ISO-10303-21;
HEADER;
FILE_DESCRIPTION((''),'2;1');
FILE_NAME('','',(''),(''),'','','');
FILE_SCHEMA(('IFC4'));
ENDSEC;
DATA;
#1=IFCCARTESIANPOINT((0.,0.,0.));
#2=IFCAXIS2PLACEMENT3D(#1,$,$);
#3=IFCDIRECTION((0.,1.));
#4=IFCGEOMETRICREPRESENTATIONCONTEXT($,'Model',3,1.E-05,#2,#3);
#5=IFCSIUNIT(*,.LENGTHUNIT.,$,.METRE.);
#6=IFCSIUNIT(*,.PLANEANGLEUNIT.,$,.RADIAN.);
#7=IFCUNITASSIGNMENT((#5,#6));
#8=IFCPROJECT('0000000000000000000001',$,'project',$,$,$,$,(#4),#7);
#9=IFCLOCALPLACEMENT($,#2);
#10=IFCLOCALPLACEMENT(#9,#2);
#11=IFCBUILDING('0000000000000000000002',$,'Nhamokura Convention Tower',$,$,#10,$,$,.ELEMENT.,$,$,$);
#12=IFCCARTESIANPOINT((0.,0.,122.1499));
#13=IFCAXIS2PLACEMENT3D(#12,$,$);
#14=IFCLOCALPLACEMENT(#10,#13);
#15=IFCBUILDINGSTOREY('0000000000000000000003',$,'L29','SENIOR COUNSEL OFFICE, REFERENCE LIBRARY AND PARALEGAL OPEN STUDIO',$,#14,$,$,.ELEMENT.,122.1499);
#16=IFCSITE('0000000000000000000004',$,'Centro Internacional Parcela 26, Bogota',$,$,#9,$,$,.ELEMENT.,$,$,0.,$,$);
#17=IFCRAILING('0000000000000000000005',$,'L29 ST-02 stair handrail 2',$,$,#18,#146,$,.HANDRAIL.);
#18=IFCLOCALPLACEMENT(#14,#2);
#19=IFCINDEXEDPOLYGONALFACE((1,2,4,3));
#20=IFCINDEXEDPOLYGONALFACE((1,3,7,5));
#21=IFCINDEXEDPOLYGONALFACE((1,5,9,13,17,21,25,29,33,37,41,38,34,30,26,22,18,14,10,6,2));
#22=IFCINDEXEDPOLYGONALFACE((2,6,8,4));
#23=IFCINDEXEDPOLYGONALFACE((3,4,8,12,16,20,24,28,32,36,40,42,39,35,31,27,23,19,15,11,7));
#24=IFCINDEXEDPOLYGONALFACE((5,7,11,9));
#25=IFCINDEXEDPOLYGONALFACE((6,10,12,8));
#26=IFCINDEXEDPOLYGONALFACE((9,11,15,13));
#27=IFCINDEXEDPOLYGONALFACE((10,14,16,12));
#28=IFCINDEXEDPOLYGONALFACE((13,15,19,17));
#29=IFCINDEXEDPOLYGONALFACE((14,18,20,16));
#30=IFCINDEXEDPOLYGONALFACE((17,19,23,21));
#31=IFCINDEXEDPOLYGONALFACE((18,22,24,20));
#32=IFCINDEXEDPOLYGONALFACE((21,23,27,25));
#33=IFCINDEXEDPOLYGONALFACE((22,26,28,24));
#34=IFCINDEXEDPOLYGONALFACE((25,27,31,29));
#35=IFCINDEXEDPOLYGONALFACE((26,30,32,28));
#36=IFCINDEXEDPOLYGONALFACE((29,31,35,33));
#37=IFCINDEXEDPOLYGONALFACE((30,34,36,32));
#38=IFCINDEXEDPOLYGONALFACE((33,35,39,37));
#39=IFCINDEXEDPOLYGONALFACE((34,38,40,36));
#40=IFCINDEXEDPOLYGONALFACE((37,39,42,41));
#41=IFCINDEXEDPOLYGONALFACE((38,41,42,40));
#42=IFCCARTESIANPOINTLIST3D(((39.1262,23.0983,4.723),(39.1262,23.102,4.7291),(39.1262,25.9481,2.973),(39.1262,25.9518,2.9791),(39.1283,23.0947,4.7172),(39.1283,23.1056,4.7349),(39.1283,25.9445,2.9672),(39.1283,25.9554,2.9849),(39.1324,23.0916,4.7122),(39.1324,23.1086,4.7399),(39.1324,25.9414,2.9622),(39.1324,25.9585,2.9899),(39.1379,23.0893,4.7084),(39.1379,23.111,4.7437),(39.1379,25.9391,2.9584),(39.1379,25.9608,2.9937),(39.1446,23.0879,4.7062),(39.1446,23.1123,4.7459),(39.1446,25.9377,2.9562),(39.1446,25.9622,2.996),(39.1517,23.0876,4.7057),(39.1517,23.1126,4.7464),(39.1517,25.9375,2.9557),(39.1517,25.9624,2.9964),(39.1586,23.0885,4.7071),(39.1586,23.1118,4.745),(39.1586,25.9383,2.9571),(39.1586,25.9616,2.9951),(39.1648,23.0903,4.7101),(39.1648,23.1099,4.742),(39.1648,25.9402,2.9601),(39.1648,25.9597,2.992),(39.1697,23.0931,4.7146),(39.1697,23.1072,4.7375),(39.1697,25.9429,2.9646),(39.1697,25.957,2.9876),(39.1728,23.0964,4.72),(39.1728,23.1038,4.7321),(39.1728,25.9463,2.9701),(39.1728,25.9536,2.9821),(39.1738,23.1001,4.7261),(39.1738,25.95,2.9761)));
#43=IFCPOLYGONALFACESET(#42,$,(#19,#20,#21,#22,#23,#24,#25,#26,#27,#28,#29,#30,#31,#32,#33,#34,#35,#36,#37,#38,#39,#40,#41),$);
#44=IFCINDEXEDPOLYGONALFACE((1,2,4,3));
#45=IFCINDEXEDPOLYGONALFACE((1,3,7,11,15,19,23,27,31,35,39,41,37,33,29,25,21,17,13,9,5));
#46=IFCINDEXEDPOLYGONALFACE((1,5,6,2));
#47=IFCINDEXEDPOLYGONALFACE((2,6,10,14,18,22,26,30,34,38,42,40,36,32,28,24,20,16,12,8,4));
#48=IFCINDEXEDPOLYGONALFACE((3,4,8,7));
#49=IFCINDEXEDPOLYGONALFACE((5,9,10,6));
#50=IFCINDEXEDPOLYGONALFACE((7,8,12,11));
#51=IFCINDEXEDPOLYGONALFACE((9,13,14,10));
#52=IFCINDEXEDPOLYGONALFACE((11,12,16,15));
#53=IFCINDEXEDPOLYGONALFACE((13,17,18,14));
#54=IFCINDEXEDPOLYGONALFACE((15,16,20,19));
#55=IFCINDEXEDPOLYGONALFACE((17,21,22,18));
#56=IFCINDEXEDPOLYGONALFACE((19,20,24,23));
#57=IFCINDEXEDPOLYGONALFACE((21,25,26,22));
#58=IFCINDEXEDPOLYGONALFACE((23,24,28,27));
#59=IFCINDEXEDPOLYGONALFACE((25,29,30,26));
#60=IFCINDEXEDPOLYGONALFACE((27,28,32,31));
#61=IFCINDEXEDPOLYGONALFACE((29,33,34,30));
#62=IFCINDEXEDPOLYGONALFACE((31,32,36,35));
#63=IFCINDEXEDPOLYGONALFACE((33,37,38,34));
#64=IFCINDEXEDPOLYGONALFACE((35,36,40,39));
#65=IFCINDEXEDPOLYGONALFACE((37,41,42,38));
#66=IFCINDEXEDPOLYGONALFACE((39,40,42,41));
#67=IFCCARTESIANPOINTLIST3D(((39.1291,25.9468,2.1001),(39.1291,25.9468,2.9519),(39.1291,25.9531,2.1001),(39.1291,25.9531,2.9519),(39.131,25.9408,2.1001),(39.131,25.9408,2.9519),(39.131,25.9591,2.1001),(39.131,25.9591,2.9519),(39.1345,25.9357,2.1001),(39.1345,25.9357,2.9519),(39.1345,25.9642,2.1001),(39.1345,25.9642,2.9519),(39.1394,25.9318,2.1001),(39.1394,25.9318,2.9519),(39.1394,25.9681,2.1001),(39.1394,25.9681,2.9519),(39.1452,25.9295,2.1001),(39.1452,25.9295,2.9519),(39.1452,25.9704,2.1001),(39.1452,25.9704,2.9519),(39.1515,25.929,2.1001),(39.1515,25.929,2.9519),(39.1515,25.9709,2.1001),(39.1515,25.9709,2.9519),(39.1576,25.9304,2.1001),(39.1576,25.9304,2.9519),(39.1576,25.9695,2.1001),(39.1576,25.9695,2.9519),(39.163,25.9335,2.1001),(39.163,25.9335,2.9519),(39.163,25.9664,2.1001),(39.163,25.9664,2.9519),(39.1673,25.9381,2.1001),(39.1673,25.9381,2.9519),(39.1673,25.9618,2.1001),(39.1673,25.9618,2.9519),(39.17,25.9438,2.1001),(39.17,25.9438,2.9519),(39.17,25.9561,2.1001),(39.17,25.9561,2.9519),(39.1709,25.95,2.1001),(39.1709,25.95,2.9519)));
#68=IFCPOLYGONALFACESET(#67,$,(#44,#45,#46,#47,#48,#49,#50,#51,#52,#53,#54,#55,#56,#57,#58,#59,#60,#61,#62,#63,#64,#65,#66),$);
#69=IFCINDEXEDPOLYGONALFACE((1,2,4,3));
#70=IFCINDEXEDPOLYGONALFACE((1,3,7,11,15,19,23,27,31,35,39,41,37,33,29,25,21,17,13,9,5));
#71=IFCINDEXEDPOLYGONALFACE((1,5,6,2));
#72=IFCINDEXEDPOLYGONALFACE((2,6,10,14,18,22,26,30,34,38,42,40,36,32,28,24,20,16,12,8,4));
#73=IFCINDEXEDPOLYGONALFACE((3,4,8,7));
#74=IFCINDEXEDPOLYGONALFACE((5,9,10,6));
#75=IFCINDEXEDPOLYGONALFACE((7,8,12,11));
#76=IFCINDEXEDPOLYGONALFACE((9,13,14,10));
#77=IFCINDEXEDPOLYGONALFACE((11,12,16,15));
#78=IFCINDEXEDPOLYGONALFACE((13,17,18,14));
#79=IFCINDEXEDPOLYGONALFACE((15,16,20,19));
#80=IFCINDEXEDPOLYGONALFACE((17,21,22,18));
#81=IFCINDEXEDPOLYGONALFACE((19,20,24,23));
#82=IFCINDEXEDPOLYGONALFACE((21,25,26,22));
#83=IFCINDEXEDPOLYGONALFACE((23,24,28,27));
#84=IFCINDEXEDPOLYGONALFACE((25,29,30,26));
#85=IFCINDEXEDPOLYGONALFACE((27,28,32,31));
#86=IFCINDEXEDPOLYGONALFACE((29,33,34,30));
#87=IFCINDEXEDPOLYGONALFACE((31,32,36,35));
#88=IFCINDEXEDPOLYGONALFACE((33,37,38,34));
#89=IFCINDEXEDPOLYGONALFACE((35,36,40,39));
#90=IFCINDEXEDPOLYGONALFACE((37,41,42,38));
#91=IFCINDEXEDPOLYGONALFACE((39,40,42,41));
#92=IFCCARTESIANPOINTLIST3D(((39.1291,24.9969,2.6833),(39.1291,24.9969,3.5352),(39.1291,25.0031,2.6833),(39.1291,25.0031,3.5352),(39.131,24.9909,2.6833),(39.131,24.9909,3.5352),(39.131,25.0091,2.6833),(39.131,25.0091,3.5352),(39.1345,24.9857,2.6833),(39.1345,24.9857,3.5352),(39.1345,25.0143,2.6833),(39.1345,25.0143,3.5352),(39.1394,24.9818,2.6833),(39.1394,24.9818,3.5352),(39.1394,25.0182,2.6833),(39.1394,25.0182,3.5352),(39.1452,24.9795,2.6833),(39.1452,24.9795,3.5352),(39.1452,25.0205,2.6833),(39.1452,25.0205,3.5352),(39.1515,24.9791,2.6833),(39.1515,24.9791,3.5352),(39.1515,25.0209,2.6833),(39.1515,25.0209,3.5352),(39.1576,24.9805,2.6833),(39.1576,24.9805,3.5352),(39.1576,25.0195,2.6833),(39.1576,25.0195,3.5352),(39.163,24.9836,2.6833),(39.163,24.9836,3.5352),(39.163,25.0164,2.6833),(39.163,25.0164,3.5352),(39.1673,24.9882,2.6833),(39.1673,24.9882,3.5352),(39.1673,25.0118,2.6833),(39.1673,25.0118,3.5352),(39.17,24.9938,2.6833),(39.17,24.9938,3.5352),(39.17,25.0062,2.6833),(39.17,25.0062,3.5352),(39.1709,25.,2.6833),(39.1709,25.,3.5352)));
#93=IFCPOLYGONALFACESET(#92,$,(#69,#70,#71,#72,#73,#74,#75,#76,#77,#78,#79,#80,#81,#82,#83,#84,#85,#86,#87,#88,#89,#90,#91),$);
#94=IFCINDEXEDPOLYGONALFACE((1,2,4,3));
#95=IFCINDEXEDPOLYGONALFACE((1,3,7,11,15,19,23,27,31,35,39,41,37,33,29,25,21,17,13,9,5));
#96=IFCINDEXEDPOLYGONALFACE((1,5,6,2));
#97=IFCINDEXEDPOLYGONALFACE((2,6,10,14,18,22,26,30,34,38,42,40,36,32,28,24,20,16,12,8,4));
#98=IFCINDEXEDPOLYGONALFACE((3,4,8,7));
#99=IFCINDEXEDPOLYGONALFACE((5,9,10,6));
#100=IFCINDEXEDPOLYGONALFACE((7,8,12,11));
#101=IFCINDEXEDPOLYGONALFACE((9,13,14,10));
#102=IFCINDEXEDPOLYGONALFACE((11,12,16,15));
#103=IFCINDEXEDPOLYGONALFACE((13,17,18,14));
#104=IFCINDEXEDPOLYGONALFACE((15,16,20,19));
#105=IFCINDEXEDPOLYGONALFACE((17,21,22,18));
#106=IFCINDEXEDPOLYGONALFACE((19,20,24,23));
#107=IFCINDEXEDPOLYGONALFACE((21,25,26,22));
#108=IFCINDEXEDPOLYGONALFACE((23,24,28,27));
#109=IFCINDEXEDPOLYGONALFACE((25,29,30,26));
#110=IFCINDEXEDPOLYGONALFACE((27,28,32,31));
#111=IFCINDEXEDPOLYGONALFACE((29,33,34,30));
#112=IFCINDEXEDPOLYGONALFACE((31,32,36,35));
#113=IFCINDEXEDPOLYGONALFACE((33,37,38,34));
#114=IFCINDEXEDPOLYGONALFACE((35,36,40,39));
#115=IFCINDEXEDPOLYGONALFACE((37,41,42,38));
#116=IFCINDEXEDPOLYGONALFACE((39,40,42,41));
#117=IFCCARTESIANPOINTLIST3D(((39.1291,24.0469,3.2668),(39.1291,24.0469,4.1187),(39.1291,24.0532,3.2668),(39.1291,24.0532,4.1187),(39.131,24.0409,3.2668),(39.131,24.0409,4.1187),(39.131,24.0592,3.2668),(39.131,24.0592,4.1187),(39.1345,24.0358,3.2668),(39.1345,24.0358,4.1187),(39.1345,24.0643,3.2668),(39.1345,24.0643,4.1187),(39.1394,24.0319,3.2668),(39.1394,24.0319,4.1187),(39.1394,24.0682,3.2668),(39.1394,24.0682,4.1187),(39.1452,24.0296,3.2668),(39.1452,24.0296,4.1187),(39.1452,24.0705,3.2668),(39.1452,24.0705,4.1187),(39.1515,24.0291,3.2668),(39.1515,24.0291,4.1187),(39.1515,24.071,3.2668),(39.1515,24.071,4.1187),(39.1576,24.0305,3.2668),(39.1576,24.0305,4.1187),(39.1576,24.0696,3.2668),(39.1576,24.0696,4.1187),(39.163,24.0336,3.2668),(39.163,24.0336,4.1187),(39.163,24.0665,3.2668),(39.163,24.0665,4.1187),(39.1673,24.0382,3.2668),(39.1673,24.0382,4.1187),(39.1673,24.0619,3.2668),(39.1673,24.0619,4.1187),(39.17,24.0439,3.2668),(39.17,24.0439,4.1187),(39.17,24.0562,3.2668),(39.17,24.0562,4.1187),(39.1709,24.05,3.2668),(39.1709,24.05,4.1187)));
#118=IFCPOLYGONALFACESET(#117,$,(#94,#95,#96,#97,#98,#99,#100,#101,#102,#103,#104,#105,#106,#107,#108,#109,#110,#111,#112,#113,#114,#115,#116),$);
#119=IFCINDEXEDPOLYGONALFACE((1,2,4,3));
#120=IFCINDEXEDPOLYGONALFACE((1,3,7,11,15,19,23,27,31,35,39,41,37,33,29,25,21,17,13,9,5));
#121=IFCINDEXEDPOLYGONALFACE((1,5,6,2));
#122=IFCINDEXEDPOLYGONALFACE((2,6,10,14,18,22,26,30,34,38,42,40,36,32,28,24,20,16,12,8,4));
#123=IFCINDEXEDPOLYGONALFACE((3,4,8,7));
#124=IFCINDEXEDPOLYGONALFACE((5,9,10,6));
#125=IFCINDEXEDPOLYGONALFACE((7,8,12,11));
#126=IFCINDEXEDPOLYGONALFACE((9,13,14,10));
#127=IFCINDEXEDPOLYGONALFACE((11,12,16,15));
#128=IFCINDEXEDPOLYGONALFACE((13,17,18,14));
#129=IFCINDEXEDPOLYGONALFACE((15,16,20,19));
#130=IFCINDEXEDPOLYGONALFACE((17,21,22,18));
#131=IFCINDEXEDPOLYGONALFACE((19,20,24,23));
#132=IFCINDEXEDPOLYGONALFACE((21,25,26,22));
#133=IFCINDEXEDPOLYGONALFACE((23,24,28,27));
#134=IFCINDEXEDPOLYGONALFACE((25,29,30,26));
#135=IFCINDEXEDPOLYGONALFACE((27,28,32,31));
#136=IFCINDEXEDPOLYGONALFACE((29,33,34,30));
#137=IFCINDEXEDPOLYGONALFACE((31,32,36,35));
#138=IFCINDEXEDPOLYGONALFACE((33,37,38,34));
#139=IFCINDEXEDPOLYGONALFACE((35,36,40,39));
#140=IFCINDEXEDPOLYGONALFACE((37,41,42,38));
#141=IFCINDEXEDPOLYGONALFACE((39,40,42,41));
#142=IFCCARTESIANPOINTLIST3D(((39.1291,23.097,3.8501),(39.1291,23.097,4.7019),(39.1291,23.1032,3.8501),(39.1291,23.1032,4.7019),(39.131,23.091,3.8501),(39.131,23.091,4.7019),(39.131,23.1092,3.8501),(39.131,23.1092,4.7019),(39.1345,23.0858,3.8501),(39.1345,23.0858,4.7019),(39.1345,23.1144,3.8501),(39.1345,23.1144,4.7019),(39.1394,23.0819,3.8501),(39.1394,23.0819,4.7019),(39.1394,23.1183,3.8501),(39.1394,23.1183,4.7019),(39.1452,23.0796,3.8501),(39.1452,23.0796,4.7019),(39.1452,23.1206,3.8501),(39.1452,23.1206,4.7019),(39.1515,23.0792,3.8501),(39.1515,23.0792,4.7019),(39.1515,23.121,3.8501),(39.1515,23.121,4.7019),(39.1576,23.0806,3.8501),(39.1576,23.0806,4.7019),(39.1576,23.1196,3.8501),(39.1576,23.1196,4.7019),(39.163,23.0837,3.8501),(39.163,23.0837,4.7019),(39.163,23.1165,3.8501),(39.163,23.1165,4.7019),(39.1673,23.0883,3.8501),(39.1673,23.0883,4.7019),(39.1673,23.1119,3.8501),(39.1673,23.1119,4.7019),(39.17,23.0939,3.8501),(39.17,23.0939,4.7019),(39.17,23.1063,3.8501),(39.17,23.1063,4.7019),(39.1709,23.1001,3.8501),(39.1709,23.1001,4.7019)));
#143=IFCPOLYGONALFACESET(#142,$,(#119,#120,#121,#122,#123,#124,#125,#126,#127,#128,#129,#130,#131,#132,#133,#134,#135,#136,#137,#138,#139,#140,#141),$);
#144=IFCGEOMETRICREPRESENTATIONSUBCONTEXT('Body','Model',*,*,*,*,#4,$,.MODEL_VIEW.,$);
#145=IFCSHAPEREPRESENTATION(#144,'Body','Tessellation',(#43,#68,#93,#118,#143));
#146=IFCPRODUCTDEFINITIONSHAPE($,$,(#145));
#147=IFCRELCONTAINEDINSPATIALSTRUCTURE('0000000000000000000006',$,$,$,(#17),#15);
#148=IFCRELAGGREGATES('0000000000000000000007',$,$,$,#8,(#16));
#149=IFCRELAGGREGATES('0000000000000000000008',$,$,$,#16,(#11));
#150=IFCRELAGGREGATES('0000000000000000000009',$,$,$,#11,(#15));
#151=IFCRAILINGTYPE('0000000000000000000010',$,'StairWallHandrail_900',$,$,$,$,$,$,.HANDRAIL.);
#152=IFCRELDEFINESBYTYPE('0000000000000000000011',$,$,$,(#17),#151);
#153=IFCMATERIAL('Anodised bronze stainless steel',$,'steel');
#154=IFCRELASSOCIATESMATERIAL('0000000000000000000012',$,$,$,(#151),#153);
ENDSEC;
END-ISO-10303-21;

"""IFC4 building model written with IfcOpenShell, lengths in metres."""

from ifc_helpers import new_model, si_unit, direction, frame, origin, origin_2d, place, context, subcontext, project, spatial, circle, extrude, material, type_object, element, save


model = new_model("IFC4")

# Units and contexts
model_context = context("Model", 3, precision=1e-05, world=origin(), true_north=direction((0.0, 1.0)))
body_context = subcontext(model_context, "Body", "Model", "MODEL_VIEW")
ifc_project = project(units=[si_unit("LENGTHUNIT", "METRE"), si_unit("PLANEANGLEUNIT", "RADIAN")], contexts=[model_context])

# Site, building, storey
site_placement = place(None, origin())
site = spatial("IfcSite", under=ifc_project, at=site_placement, Name="Centro Internacional Parcela 26, Bogota", CompositionType="ELEMENT", RefElevation=0.0)
building_placement = place(site_placement, origin())
building = spatial("IfcBuilding", under=site, at=building_placement, Name="Nhamokura Convention Tower", CompositionType="ELEMENT")
storey_placement = place(building_placement, frame((0.0, 0.0, 122.1499)))
storey = spatial("IfcBuildingStorey", under=building, at=storey_placement, Name="L29", Description="SENIOR COUNSEL OFFICE, REFERENCE LIBRARY AND PARALEGAL OPEN STUDIO", CompositionType="ELEMENT", Elevation=122.1499)

# Railing
ifc_material_1 = material(Name="Anodised bronze stainless steel", Category="steel")
railing_type_1 = type_object("IfcRailingType", Name="StairWallHandrail_900", PredefinedType="HANDRAIL", material=ifc_material_1)
railing_1_placement = place(storey_placement, frame((39.1499, 25.95, 2.1001)))
element("IfcRailing", 1, at=railing_1_placement, inside=storey, type_object=railing_type_1, Name="L29 ST-02 stair handrail 2", PredefinedType="HANDRAIL", context=body_context, shape_type="SweptSolid", body=[
    extrude(circle(Radius=0.0239, at=origin_2d()), frame((0.0, 0.0, 0.876), z_axis=(0.0, -0.852159, 0.523283), x_axis=(1.0, 0.0, 0.0)), (0.0, 0.0, 1.0), 3.3442),
    extrude(circle(Radius=0.021, at=origin_2d()), origin(), (0.0, 0.0, 1.0), 0.8518),
    extrude(circle(Radius=0.021, at=origin_2d()), frame((0.0, -0.95, 0.5833)), (0.0, 0.0, 1.0), 0.8518),
    extrude(circle(Radius=0.021, at=origin_2d()), frame((0.0, -1.8999, 1.1667)), (0.0, 0.0, 1.0), 0.8518),
    extrude(circle(Radius=0.021, at=origin_2d()), frame((0.0, -2.8499, 1.75)), (0.0, 0.0, 1.0), 0.8518),
])

save(model, "model.ifc")
